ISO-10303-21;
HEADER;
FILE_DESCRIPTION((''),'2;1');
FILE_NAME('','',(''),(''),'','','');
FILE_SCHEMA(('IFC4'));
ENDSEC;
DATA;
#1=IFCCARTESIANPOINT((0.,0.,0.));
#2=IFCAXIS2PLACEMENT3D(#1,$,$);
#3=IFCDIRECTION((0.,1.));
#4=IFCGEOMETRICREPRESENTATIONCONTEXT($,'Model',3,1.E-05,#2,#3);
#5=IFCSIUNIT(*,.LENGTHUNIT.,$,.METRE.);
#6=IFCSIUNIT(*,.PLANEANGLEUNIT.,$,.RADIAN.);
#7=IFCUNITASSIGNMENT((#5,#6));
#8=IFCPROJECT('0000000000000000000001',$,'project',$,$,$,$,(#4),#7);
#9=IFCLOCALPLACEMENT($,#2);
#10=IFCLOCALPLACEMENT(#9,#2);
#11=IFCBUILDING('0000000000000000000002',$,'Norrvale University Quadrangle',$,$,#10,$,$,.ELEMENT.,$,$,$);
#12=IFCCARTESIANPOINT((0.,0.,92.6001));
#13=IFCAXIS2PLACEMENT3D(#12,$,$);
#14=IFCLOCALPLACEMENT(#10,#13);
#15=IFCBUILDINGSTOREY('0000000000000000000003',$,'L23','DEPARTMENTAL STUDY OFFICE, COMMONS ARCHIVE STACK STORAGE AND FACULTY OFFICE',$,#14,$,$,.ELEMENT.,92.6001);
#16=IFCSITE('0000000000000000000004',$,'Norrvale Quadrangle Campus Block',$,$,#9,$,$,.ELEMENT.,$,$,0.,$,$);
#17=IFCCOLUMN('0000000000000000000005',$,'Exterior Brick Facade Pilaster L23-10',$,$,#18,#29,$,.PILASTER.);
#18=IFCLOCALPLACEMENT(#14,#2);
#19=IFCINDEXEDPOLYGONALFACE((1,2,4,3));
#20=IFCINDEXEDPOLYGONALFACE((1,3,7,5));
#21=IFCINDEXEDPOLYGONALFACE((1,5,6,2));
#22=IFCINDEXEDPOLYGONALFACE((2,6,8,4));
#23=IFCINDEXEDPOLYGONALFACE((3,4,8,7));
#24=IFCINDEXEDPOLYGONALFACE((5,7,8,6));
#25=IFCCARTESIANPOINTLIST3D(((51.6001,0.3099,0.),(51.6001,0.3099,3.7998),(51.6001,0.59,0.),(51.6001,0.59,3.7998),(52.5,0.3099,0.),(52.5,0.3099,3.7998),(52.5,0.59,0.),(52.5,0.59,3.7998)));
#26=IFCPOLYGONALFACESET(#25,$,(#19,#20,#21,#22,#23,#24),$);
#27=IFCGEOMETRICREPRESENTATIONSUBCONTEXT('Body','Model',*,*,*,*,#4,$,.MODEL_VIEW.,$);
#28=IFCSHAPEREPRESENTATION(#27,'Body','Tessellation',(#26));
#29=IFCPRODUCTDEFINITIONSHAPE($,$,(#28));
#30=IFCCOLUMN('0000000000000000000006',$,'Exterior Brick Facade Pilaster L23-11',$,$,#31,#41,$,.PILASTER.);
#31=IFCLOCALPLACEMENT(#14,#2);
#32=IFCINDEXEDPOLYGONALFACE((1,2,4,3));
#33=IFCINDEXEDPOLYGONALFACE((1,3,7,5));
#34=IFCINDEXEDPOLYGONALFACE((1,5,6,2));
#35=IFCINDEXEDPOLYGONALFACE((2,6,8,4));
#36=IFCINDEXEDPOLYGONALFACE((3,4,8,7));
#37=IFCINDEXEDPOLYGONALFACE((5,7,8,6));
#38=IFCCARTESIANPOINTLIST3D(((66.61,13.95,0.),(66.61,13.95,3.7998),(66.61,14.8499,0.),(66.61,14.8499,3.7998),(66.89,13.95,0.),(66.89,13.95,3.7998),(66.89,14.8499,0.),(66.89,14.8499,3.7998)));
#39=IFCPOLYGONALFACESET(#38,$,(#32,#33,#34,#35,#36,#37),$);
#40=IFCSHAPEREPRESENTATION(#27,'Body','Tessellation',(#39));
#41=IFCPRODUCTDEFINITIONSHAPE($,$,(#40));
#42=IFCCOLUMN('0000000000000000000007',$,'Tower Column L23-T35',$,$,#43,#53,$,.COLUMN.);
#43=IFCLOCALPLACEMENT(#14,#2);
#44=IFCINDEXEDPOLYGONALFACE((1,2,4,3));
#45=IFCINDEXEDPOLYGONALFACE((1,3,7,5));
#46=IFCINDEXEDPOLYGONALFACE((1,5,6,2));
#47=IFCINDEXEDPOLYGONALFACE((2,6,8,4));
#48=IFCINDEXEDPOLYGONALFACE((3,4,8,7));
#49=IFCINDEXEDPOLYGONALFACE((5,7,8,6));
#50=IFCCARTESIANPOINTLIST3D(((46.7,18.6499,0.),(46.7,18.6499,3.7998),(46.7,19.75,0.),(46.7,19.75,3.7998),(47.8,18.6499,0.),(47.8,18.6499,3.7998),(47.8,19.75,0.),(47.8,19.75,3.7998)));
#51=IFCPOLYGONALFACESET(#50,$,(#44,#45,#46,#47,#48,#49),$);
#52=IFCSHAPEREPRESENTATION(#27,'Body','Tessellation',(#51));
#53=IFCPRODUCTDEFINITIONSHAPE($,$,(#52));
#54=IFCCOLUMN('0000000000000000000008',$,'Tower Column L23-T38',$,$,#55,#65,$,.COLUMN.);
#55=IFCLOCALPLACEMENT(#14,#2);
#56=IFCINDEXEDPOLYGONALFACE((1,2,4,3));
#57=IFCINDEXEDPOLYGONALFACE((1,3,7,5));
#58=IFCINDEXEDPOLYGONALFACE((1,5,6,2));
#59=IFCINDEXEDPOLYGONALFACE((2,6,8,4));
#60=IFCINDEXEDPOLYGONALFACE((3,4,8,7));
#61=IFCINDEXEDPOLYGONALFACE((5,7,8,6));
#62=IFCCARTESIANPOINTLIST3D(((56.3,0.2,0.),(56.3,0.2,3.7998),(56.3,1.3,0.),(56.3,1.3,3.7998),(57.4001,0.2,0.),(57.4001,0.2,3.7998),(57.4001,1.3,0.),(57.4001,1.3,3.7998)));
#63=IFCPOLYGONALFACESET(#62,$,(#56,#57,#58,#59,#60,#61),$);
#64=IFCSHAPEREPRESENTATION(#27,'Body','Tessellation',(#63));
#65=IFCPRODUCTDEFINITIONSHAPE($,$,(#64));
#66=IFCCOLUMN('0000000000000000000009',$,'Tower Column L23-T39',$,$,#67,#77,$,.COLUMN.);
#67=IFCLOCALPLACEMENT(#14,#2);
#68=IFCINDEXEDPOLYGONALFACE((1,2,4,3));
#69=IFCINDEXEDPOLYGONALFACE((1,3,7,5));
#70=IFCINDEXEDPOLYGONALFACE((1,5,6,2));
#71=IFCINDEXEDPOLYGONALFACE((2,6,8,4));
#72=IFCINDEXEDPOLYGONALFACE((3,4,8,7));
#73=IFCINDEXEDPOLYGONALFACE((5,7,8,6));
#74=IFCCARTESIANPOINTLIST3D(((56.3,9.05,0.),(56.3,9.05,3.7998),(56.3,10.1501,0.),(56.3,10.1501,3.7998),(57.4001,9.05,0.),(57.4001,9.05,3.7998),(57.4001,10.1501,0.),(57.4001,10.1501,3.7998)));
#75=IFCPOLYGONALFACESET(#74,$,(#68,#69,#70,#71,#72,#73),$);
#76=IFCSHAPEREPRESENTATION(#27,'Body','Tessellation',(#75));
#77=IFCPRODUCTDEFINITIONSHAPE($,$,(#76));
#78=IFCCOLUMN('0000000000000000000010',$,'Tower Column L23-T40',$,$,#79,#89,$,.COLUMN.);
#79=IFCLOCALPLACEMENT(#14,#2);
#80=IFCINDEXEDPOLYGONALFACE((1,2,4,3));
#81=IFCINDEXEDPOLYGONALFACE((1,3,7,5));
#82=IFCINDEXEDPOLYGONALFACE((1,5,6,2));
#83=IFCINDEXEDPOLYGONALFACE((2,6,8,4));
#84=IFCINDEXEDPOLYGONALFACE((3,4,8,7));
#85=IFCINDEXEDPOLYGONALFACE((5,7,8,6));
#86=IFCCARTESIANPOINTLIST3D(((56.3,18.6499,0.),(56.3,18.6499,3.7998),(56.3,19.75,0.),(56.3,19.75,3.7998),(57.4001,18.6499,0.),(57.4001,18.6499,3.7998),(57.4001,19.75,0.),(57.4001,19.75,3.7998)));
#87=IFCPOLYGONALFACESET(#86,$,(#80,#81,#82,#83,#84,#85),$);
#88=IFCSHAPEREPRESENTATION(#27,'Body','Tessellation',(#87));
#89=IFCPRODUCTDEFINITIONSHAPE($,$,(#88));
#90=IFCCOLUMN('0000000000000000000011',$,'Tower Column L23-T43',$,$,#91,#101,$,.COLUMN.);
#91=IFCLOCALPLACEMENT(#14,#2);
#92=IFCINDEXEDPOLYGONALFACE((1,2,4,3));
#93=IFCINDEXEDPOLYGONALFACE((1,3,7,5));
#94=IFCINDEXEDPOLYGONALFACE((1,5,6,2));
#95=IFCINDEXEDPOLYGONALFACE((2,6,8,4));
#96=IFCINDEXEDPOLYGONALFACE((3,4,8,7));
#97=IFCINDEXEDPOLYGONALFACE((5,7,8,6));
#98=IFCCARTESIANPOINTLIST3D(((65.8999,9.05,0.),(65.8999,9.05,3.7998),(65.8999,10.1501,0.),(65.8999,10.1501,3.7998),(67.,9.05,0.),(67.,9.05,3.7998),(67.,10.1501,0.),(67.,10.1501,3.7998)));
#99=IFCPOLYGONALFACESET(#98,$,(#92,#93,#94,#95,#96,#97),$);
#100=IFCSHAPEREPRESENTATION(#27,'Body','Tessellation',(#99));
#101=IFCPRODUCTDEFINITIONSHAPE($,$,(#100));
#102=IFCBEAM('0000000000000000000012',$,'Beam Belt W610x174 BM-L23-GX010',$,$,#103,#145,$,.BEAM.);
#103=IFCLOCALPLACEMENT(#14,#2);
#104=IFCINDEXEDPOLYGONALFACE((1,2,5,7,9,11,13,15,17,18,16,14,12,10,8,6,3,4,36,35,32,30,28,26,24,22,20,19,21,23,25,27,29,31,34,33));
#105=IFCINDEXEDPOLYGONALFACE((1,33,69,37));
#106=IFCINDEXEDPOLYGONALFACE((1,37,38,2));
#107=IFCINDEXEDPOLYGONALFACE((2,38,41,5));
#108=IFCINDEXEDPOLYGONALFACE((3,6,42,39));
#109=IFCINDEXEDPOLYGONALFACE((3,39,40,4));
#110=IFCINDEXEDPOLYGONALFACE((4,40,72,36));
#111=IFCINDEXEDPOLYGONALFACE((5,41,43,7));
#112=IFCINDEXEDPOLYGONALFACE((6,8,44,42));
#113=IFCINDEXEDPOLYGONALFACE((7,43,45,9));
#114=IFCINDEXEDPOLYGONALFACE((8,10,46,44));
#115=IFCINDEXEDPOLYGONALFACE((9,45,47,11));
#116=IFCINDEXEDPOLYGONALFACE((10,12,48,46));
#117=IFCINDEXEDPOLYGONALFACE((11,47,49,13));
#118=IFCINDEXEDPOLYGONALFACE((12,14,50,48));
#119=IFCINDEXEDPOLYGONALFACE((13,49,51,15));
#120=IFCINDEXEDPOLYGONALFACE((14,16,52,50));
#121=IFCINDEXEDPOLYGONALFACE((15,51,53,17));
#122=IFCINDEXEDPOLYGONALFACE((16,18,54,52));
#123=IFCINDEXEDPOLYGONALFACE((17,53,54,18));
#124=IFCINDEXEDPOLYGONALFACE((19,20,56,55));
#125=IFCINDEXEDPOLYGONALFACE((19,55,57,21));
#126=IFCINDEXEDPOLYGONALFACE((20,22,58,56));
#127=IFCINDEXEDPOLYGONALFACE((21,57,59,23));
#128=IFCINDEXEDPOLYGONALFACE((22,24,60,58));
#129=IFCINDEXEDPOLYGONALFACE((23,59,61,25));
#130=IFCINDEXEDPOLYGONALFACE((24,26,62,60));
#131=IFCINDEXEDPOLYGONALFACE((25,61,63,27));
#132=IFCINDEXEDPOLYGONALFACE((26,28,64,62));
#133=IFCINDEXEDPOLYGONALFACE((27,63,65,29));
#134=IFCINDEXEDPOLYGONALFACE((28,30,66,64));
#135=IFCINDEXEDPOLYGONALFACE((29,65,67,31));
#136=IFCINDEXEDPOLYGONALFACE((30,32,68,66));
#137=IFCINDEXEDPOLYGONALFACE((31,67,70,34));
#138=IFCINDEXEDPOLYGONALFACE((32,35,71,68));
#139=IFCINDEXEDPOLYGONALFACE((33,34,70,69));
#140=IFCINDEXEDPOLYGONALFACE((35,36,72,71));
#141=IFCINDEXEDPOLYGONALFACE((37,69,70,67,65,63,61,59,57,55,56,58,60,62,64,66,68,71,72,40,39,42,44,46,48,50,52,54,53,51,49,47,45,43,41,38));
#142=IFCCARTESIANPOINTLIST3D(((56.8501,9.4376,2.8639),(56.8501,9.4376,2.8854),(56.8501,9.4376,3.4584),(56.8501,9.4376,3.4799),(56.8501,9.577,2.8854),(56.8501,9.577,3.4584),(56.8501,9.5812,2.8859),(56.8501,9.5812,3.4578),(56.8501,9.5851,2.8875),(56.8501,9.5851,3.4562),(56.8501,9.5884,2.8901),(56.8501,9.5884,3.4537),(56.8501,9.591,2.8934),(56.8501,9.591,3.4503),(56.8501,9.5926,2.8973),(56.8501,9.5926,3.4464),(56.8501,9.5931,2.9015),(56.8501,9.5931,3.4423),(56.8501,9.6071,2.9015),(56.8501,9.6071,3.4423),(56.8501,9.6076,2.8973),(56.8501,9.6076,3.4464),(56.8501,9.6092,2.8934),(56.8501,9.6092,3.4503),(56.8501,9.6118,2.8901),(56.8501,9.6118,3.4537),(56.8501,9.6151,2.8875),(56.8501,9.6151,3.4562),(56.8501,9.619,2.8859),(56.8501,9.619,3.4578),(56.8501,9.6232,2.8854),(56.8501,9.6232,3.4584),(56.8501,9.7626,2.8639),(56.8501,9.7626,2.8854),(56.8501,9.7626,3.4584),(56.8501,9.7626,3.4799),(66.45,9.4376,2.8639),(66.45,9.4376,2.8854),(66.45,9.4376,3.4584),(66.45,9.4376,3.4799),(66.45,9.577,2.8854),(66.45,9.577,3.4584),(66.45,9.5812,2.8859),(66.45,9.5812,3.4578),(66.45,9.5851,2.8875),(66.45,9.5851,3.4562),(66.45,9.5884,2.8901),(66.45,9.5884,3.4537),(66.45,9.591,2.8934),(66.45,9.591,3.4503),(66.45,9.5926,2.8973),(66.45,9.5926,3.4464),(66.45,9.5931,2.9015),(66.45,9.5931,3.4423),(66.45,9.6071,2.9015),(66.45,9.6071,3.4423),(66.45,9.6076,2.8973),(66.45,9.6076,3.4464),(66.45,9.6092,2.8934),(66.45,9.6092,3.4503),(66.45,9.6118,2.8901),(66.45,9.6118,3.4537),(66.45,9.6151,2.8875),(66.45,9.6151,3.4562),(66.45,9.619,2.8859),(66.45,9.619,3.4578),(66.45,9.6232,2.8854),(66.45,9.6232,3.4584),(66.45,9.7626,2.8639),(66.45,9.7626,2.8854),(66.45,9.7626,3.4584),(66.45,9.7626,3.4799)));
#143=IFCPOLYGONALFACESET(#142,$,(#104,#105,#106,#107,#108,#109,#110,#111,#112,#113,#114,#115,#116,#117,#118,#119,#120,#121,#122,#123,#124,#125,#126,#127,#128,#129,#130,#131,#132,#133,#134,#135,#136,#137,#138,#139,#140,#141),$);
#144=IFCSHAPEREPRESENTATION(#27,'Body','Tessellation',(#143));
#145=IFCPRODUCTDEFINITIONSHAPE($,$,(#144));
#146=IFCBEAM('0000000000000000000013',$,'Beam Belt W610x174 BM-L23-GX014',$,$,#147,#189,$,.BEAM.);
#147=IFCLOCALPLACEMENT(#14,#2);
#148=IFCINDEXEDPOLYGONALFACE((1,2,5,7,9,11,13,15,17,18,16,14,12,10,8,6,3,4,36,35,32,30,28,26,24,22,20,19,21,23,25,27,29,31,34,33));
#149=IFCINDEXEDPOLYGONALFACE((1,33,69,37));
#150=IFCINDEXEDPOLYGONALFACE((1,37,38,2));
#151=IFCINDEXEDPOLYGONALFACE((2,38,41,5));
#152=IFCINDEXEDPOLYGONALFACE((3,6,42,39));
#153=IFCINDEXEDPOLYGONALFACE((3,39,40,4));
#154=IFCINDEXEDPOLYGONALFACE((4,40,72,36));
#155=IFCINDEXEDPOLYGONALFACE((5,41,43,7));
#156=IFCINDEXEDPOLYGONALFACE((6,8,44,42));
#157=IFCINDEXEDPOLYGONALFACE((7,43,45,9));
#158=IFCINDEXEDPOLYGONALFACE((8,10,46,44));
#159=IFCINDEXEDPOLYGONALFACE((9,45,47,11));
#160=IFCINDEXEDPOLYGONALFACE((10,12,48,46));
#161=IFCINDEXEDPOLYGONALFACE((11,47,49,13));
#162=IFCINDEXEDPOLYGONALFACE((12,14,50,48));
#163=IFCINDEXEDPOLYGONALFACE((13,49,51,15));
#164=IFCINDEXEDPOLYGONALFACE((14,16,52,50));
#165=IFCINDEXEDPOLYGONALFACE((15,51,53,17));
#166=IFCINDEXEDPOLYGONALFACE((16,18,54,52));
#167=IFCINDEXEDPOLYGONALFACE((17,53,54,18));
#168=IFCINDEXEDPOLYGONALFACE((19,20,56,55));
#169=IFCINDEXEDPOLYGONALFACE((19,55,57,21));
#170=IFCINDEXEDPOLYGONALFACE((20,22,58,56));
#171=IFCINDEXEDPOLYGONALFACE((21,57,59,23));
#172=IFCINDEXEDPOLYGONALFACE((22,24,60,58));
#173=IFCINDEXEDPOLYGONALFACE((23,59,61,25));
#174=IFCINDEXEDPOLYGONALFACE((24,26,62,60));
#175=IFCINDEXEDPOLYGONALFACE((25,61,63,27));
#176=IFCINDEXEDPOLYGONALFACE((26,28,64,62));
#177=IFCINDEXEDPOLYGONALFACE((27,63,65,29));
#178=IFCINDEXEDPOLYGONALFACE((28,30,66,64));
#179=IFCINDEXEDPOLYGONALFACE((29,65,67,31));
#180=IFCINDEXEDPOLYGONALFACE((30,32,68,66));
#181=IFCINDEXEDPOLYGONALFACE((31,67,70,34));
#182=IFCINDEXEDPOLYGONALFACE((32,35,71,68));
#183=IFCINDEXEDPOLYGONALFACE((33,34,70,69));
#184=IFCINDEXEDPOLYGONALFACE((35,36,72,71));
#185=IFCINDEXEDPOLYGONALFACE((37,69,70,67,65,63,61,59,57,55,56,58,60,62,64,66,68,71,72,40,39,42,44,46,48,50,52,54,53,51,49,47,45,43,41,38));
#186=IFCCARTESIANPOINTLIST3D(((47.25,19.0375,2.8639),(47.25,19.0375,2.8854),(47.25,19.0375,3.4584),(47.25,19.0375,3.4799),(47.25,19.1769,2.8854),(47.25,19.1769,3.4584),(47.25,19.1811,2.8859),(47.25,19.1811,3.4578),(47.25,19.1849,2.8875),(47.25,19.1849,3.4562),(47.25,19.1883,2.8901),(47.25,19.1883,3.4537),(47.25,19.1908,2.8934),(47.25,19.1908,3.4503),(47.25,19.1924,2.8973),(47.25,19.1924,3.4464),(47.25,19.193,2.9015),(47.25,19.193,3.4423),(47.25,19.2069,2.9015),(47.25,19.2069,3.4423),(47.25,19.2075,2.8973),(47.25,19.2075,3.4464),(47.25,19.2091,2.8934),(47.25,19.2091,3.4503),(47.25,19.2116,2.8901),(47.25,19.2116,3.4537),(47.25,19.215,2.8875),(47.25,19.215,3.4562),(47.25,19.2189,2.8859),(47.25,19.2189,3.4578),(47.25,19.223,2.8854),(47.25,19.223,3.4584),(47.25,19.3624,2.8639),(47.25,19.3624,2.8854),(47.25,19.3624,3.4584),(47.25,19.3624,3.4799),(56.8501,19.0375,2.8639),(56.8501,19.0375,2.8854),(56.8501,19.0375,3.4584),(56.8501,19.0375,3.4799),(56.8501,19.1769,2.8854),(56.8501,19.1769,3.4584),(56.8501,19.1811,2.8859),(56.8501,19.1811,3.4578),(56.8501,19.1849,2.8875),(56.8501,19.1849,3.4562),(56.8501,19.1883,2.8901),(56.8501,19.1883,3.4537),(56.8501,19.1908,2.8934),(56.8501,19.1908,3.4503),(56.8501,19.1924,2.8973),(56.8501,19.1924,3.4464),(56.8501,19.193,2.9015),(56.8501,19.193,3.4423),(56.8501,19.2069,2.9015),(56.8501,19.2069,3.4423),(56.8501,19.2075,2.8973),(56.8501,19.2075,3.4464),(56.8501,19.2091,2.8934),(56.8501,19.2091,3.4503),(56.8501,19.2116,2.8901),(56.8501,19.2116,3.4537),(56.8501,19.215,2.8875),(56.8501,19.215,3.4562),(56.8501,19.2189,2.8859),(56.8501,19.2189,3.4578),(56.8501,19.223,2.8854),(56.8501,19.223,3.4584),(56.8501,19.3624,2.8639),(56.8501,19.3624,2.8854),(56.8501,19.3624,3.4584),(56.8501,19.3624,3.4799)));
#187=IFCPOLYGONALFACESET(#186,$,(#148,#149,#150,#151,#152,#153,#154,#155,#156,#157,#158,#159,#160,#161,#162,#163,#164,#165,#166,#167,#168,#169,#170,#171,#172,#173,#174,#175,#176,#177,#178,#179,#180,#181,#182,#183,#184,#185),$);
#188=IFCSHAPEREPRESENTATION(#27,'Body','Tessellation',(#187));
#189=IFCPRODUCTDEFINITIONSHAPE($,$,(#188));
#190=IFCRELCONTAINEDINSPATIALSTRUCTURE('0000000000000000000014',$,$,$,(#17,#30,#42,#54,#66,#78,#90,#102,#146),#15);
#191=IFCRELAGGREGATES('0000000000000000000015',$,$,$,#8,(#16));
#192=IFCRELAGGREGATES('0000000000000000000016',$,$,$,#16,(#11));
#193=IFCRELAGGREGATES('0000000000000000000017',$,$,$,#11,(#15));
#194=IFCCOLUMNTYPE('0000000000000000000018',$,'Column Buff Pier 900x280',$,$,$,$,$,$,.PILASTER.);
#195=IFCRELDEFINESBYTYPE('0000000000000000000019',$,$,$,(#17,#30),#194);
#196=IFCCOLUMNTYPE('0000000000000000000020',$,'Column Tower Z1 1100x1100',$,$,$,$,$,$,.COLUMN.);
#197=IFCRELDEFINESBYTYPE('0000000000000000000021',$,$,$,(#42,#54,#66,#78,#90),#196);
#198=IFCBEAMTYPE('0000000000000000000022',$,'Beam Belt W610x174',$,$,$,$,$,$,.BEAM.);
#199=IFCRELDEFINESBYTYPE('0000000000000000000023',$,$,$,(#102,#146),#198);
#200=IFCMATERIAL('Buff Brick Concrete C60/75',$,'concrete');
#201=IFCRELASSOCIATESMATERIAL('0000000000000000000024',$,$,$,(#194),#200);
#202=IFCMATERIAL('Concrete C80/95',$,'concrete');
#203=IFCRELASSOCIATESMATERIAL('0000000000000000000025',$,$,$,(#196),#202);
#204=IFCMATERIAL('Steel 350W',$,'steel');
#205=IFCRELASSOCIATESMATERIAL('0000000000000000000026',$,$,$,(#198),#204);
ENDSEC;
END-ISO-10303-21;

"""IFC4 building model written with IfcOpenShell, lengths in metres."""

from ifc_helpers import new_model, si_unit, direction, frame, origin, origin_2d, place, context, subcontext, project, spatial, rectangle, i_section, extrude, material, material_profile, profile_set, type_object, element, save


model = new_model("IFC4")

# Units and contexts
model_context = context("Model", 3, precision=1e-05, world=origin(), true_north=direction((0.0, 1.0)))
body_context = subcontext(model_context, "Body", "Model", "MODEL_VIEW")
ifc_project = project(units=[si_unit("LENGTHUNIT", "METRE"), si_unit("PLANEANGLEUNIT", "RADIAN")], contexts=[model_context])

# Site, building, storey
site_placement = place(None, origin())
site = spatial("IfcSite", under=ifc_project, at=site_placement, Name="Norrvale Quadrangle Campus Block", CompositionType="ELEMENT", RefElevation=0.0)
building_placement = place(site_placement, origin())
building = spatial("IfcBuilding", under=site, at=building_placement, Name="Norrvale University Quadrangle", CompositionType="ELEMENT")
storey_placement = place(building_placement, frame((0.0, 0.0, 92.6001)))
storey = spatial("IfcBuildingStorey", under=building, at=storey_placement, Name="L23", Description="DEPARTMENTAL STUDY OFFICE, COMMONS ARCHIVE STACK STORAGE AND FACULTY OFFICE", CompositionType="ELEMENT", Elevation=92.6001)

# Columns
ifc_material_1 = material(Name="Buff Brick Concrete C60/75", Category="concrete")
ifc_material_profile_1 = material_profile(ifc_material_1, rectangle(XDim=0.8999, YDim=0.28, at=origin_2d()), Name="Buff Brick Concrete C60/75")
ifc_profile_set_1 = profile_set([ifc_material_profile_1], Name="Buff Brick Concrete C60/75")
column_type_1 = type_object("IfcColumnType", Name="Column Buff Pier 900x280", PredefinedType="PILASTER", material=ifc_profile_set_1)
for number, where, z_axis, x_axis, name in (
    (1, (52.05, 0.45, 0.0), (0.0, 0.0, 1.0), (1.0, 0.0, 0.0), "Exterior Brick Facade Pilaster L23-10"),
    (2, (66.75, 14.3999, 0.0), (0.0, 0.0, 1.0), (0.0, 1.0, 0.0), "Exterior Brick Facade Pilaster L23-11"),
):
    element("IfcColumn", number, at=place(storey_placement, frame(where, z_axis=z_axis, x_axis=x_axis)), inside=storey, type_object=column_type_1, Name=name, PredefinedType="PILASTER", context=body_context, shape_type="SweptSolid", body=[
        extrude(rectangle(XDim=0.8999, YDim=0.28, at=origin_2d()), origin(), (0.0, 0.0, 1.0), 3.7998),
    ])
ifc_material_2 = material(Name="Concrete C80/95", Category="concrete")
ifc_material_profile_2 = material_profile(ifc_material_2, rectangle(XDim=1.1001, YDim=1.1001, at=origin_2d()), Name="Concrete C80/95")
ifc_profile_set_2 = profile_set([ifc_material_profile_2], Name="Concrete C80/95")
column_type_2 = type_object("IfcColumnType", Name="Column Tower Z1 1100x1100", PredefinedType="COLUMN", material=ifc_profile_set_2)
for number, where, z_axis, x_axis, name in (
    (3, (47.25, 19.2, 0.0), (0.0, 0.0, 1.0), (1.0, 0.0, 0.0), "Tower Column L23-T35"),
    (4, (56.8501, 0.75, 0.0), (0.0, 0.0, 1.0), (1.0, 0.0, 0.0), "Tower Column L23-T38"),
    (5, (56.8501, 9.6001, 0.0), (0.0, 0.0, 1.0), (1.0, 0.0, 0.0), "Tower Column L23-T39"),
    (6, (56.8501, 19.2, 0.0), (0.0, 0.0, 1.0), (1.0, 0.0, 0.0), "Tower Column L23-T40"),
    (7, (66.45, 9.6001, 0.0), (0.0, 0.0, 1.0), (1.0, 0.0, 0.0), "Tower Column L23-T43"),
):
    element("IfcColumn", number, at=place(storey_placement, frame(where, z_axis=z_axis, x_axis=x_axis)), inside=storey, type_object=column_type_2, Name=name, PredefinedType="COLUMN", context=body_context, shape_type="SweptSolid", body=[
        extrude(rectangle(XDim=1.1001, YDim=1.1001, at=origin_2d()), origin(), (0.0, 0.0, 1.0), 3.7998),
    ])

# Beams
ifc_material_3 = material(Name="Steel 350W", Category="steel")
ifc_material_profile_3 = material_profile(ifc_material_3, i_section(OverallWidth=0.325, OverallDepth=0.616, WebThickness=0.0139, FlangeThickness=0.0215, FilletRadius=0.0161, at=origin_2d()), Name="Steel 350W")
ifc_profile_set_3 = profile_set([ifc_material_profile_3], Name="Steel 350W")
beam_type_1 = type_object("IfcBeamType", Name="Beam Belt W610x174", PredefinedType="BEAM", material=ifc_profile_set_3)
beam_1_placement = place(storey_placement, frame((56.8501, 9.6001, 3.1719), z_axis=(1.0, 0.0, 0.0), x_axis=(0.0, 1.0, 0.0)))
element("IfcBeam", 8, at=beam_1_placement, inside=storey, type_object=beam_type_1, Name="Beam Belt W610x174 BM-L23-GX010", PredefinedType="BEAM", context=body_context, shape_type="SweptSolid", body=[
    extrude(i_section(OverallWidth=0.325, OverallDepth=0.616, WebThickness=0.0139, FlangeThickness=0.0215, FilletRadius=0.0161, at=origin_2d()), origin(), (0.0, 0.0, 1.0), 9.5999),
])
beam_2_placement = place(storey_placement, frame((47.25, 19.2, 3.1719), z_axis=(1.0, 0.0, 0.0), x_axis=(0.0, 1.0, 0.0)))
element("IfcBeam", 9, at=beam_2_placement, inside=storey, type_object=beam_type_1, Name="Beam Belt W610x174 BM-L23-GX014", PredefinedType="BEAM", context=body_context, shape_type="SweptSolid", body=[
    extrude(i_section(OverallWidth=0.325, OverallDepth=0.616, WebThickness=0.0139, FlangeThickness=0.0215, FilletRadius=0.0161, at=origin_2d()), origin(), (0.0, 0.0, 1.0), 9.6001),
])

save(model, "model.ifc")
